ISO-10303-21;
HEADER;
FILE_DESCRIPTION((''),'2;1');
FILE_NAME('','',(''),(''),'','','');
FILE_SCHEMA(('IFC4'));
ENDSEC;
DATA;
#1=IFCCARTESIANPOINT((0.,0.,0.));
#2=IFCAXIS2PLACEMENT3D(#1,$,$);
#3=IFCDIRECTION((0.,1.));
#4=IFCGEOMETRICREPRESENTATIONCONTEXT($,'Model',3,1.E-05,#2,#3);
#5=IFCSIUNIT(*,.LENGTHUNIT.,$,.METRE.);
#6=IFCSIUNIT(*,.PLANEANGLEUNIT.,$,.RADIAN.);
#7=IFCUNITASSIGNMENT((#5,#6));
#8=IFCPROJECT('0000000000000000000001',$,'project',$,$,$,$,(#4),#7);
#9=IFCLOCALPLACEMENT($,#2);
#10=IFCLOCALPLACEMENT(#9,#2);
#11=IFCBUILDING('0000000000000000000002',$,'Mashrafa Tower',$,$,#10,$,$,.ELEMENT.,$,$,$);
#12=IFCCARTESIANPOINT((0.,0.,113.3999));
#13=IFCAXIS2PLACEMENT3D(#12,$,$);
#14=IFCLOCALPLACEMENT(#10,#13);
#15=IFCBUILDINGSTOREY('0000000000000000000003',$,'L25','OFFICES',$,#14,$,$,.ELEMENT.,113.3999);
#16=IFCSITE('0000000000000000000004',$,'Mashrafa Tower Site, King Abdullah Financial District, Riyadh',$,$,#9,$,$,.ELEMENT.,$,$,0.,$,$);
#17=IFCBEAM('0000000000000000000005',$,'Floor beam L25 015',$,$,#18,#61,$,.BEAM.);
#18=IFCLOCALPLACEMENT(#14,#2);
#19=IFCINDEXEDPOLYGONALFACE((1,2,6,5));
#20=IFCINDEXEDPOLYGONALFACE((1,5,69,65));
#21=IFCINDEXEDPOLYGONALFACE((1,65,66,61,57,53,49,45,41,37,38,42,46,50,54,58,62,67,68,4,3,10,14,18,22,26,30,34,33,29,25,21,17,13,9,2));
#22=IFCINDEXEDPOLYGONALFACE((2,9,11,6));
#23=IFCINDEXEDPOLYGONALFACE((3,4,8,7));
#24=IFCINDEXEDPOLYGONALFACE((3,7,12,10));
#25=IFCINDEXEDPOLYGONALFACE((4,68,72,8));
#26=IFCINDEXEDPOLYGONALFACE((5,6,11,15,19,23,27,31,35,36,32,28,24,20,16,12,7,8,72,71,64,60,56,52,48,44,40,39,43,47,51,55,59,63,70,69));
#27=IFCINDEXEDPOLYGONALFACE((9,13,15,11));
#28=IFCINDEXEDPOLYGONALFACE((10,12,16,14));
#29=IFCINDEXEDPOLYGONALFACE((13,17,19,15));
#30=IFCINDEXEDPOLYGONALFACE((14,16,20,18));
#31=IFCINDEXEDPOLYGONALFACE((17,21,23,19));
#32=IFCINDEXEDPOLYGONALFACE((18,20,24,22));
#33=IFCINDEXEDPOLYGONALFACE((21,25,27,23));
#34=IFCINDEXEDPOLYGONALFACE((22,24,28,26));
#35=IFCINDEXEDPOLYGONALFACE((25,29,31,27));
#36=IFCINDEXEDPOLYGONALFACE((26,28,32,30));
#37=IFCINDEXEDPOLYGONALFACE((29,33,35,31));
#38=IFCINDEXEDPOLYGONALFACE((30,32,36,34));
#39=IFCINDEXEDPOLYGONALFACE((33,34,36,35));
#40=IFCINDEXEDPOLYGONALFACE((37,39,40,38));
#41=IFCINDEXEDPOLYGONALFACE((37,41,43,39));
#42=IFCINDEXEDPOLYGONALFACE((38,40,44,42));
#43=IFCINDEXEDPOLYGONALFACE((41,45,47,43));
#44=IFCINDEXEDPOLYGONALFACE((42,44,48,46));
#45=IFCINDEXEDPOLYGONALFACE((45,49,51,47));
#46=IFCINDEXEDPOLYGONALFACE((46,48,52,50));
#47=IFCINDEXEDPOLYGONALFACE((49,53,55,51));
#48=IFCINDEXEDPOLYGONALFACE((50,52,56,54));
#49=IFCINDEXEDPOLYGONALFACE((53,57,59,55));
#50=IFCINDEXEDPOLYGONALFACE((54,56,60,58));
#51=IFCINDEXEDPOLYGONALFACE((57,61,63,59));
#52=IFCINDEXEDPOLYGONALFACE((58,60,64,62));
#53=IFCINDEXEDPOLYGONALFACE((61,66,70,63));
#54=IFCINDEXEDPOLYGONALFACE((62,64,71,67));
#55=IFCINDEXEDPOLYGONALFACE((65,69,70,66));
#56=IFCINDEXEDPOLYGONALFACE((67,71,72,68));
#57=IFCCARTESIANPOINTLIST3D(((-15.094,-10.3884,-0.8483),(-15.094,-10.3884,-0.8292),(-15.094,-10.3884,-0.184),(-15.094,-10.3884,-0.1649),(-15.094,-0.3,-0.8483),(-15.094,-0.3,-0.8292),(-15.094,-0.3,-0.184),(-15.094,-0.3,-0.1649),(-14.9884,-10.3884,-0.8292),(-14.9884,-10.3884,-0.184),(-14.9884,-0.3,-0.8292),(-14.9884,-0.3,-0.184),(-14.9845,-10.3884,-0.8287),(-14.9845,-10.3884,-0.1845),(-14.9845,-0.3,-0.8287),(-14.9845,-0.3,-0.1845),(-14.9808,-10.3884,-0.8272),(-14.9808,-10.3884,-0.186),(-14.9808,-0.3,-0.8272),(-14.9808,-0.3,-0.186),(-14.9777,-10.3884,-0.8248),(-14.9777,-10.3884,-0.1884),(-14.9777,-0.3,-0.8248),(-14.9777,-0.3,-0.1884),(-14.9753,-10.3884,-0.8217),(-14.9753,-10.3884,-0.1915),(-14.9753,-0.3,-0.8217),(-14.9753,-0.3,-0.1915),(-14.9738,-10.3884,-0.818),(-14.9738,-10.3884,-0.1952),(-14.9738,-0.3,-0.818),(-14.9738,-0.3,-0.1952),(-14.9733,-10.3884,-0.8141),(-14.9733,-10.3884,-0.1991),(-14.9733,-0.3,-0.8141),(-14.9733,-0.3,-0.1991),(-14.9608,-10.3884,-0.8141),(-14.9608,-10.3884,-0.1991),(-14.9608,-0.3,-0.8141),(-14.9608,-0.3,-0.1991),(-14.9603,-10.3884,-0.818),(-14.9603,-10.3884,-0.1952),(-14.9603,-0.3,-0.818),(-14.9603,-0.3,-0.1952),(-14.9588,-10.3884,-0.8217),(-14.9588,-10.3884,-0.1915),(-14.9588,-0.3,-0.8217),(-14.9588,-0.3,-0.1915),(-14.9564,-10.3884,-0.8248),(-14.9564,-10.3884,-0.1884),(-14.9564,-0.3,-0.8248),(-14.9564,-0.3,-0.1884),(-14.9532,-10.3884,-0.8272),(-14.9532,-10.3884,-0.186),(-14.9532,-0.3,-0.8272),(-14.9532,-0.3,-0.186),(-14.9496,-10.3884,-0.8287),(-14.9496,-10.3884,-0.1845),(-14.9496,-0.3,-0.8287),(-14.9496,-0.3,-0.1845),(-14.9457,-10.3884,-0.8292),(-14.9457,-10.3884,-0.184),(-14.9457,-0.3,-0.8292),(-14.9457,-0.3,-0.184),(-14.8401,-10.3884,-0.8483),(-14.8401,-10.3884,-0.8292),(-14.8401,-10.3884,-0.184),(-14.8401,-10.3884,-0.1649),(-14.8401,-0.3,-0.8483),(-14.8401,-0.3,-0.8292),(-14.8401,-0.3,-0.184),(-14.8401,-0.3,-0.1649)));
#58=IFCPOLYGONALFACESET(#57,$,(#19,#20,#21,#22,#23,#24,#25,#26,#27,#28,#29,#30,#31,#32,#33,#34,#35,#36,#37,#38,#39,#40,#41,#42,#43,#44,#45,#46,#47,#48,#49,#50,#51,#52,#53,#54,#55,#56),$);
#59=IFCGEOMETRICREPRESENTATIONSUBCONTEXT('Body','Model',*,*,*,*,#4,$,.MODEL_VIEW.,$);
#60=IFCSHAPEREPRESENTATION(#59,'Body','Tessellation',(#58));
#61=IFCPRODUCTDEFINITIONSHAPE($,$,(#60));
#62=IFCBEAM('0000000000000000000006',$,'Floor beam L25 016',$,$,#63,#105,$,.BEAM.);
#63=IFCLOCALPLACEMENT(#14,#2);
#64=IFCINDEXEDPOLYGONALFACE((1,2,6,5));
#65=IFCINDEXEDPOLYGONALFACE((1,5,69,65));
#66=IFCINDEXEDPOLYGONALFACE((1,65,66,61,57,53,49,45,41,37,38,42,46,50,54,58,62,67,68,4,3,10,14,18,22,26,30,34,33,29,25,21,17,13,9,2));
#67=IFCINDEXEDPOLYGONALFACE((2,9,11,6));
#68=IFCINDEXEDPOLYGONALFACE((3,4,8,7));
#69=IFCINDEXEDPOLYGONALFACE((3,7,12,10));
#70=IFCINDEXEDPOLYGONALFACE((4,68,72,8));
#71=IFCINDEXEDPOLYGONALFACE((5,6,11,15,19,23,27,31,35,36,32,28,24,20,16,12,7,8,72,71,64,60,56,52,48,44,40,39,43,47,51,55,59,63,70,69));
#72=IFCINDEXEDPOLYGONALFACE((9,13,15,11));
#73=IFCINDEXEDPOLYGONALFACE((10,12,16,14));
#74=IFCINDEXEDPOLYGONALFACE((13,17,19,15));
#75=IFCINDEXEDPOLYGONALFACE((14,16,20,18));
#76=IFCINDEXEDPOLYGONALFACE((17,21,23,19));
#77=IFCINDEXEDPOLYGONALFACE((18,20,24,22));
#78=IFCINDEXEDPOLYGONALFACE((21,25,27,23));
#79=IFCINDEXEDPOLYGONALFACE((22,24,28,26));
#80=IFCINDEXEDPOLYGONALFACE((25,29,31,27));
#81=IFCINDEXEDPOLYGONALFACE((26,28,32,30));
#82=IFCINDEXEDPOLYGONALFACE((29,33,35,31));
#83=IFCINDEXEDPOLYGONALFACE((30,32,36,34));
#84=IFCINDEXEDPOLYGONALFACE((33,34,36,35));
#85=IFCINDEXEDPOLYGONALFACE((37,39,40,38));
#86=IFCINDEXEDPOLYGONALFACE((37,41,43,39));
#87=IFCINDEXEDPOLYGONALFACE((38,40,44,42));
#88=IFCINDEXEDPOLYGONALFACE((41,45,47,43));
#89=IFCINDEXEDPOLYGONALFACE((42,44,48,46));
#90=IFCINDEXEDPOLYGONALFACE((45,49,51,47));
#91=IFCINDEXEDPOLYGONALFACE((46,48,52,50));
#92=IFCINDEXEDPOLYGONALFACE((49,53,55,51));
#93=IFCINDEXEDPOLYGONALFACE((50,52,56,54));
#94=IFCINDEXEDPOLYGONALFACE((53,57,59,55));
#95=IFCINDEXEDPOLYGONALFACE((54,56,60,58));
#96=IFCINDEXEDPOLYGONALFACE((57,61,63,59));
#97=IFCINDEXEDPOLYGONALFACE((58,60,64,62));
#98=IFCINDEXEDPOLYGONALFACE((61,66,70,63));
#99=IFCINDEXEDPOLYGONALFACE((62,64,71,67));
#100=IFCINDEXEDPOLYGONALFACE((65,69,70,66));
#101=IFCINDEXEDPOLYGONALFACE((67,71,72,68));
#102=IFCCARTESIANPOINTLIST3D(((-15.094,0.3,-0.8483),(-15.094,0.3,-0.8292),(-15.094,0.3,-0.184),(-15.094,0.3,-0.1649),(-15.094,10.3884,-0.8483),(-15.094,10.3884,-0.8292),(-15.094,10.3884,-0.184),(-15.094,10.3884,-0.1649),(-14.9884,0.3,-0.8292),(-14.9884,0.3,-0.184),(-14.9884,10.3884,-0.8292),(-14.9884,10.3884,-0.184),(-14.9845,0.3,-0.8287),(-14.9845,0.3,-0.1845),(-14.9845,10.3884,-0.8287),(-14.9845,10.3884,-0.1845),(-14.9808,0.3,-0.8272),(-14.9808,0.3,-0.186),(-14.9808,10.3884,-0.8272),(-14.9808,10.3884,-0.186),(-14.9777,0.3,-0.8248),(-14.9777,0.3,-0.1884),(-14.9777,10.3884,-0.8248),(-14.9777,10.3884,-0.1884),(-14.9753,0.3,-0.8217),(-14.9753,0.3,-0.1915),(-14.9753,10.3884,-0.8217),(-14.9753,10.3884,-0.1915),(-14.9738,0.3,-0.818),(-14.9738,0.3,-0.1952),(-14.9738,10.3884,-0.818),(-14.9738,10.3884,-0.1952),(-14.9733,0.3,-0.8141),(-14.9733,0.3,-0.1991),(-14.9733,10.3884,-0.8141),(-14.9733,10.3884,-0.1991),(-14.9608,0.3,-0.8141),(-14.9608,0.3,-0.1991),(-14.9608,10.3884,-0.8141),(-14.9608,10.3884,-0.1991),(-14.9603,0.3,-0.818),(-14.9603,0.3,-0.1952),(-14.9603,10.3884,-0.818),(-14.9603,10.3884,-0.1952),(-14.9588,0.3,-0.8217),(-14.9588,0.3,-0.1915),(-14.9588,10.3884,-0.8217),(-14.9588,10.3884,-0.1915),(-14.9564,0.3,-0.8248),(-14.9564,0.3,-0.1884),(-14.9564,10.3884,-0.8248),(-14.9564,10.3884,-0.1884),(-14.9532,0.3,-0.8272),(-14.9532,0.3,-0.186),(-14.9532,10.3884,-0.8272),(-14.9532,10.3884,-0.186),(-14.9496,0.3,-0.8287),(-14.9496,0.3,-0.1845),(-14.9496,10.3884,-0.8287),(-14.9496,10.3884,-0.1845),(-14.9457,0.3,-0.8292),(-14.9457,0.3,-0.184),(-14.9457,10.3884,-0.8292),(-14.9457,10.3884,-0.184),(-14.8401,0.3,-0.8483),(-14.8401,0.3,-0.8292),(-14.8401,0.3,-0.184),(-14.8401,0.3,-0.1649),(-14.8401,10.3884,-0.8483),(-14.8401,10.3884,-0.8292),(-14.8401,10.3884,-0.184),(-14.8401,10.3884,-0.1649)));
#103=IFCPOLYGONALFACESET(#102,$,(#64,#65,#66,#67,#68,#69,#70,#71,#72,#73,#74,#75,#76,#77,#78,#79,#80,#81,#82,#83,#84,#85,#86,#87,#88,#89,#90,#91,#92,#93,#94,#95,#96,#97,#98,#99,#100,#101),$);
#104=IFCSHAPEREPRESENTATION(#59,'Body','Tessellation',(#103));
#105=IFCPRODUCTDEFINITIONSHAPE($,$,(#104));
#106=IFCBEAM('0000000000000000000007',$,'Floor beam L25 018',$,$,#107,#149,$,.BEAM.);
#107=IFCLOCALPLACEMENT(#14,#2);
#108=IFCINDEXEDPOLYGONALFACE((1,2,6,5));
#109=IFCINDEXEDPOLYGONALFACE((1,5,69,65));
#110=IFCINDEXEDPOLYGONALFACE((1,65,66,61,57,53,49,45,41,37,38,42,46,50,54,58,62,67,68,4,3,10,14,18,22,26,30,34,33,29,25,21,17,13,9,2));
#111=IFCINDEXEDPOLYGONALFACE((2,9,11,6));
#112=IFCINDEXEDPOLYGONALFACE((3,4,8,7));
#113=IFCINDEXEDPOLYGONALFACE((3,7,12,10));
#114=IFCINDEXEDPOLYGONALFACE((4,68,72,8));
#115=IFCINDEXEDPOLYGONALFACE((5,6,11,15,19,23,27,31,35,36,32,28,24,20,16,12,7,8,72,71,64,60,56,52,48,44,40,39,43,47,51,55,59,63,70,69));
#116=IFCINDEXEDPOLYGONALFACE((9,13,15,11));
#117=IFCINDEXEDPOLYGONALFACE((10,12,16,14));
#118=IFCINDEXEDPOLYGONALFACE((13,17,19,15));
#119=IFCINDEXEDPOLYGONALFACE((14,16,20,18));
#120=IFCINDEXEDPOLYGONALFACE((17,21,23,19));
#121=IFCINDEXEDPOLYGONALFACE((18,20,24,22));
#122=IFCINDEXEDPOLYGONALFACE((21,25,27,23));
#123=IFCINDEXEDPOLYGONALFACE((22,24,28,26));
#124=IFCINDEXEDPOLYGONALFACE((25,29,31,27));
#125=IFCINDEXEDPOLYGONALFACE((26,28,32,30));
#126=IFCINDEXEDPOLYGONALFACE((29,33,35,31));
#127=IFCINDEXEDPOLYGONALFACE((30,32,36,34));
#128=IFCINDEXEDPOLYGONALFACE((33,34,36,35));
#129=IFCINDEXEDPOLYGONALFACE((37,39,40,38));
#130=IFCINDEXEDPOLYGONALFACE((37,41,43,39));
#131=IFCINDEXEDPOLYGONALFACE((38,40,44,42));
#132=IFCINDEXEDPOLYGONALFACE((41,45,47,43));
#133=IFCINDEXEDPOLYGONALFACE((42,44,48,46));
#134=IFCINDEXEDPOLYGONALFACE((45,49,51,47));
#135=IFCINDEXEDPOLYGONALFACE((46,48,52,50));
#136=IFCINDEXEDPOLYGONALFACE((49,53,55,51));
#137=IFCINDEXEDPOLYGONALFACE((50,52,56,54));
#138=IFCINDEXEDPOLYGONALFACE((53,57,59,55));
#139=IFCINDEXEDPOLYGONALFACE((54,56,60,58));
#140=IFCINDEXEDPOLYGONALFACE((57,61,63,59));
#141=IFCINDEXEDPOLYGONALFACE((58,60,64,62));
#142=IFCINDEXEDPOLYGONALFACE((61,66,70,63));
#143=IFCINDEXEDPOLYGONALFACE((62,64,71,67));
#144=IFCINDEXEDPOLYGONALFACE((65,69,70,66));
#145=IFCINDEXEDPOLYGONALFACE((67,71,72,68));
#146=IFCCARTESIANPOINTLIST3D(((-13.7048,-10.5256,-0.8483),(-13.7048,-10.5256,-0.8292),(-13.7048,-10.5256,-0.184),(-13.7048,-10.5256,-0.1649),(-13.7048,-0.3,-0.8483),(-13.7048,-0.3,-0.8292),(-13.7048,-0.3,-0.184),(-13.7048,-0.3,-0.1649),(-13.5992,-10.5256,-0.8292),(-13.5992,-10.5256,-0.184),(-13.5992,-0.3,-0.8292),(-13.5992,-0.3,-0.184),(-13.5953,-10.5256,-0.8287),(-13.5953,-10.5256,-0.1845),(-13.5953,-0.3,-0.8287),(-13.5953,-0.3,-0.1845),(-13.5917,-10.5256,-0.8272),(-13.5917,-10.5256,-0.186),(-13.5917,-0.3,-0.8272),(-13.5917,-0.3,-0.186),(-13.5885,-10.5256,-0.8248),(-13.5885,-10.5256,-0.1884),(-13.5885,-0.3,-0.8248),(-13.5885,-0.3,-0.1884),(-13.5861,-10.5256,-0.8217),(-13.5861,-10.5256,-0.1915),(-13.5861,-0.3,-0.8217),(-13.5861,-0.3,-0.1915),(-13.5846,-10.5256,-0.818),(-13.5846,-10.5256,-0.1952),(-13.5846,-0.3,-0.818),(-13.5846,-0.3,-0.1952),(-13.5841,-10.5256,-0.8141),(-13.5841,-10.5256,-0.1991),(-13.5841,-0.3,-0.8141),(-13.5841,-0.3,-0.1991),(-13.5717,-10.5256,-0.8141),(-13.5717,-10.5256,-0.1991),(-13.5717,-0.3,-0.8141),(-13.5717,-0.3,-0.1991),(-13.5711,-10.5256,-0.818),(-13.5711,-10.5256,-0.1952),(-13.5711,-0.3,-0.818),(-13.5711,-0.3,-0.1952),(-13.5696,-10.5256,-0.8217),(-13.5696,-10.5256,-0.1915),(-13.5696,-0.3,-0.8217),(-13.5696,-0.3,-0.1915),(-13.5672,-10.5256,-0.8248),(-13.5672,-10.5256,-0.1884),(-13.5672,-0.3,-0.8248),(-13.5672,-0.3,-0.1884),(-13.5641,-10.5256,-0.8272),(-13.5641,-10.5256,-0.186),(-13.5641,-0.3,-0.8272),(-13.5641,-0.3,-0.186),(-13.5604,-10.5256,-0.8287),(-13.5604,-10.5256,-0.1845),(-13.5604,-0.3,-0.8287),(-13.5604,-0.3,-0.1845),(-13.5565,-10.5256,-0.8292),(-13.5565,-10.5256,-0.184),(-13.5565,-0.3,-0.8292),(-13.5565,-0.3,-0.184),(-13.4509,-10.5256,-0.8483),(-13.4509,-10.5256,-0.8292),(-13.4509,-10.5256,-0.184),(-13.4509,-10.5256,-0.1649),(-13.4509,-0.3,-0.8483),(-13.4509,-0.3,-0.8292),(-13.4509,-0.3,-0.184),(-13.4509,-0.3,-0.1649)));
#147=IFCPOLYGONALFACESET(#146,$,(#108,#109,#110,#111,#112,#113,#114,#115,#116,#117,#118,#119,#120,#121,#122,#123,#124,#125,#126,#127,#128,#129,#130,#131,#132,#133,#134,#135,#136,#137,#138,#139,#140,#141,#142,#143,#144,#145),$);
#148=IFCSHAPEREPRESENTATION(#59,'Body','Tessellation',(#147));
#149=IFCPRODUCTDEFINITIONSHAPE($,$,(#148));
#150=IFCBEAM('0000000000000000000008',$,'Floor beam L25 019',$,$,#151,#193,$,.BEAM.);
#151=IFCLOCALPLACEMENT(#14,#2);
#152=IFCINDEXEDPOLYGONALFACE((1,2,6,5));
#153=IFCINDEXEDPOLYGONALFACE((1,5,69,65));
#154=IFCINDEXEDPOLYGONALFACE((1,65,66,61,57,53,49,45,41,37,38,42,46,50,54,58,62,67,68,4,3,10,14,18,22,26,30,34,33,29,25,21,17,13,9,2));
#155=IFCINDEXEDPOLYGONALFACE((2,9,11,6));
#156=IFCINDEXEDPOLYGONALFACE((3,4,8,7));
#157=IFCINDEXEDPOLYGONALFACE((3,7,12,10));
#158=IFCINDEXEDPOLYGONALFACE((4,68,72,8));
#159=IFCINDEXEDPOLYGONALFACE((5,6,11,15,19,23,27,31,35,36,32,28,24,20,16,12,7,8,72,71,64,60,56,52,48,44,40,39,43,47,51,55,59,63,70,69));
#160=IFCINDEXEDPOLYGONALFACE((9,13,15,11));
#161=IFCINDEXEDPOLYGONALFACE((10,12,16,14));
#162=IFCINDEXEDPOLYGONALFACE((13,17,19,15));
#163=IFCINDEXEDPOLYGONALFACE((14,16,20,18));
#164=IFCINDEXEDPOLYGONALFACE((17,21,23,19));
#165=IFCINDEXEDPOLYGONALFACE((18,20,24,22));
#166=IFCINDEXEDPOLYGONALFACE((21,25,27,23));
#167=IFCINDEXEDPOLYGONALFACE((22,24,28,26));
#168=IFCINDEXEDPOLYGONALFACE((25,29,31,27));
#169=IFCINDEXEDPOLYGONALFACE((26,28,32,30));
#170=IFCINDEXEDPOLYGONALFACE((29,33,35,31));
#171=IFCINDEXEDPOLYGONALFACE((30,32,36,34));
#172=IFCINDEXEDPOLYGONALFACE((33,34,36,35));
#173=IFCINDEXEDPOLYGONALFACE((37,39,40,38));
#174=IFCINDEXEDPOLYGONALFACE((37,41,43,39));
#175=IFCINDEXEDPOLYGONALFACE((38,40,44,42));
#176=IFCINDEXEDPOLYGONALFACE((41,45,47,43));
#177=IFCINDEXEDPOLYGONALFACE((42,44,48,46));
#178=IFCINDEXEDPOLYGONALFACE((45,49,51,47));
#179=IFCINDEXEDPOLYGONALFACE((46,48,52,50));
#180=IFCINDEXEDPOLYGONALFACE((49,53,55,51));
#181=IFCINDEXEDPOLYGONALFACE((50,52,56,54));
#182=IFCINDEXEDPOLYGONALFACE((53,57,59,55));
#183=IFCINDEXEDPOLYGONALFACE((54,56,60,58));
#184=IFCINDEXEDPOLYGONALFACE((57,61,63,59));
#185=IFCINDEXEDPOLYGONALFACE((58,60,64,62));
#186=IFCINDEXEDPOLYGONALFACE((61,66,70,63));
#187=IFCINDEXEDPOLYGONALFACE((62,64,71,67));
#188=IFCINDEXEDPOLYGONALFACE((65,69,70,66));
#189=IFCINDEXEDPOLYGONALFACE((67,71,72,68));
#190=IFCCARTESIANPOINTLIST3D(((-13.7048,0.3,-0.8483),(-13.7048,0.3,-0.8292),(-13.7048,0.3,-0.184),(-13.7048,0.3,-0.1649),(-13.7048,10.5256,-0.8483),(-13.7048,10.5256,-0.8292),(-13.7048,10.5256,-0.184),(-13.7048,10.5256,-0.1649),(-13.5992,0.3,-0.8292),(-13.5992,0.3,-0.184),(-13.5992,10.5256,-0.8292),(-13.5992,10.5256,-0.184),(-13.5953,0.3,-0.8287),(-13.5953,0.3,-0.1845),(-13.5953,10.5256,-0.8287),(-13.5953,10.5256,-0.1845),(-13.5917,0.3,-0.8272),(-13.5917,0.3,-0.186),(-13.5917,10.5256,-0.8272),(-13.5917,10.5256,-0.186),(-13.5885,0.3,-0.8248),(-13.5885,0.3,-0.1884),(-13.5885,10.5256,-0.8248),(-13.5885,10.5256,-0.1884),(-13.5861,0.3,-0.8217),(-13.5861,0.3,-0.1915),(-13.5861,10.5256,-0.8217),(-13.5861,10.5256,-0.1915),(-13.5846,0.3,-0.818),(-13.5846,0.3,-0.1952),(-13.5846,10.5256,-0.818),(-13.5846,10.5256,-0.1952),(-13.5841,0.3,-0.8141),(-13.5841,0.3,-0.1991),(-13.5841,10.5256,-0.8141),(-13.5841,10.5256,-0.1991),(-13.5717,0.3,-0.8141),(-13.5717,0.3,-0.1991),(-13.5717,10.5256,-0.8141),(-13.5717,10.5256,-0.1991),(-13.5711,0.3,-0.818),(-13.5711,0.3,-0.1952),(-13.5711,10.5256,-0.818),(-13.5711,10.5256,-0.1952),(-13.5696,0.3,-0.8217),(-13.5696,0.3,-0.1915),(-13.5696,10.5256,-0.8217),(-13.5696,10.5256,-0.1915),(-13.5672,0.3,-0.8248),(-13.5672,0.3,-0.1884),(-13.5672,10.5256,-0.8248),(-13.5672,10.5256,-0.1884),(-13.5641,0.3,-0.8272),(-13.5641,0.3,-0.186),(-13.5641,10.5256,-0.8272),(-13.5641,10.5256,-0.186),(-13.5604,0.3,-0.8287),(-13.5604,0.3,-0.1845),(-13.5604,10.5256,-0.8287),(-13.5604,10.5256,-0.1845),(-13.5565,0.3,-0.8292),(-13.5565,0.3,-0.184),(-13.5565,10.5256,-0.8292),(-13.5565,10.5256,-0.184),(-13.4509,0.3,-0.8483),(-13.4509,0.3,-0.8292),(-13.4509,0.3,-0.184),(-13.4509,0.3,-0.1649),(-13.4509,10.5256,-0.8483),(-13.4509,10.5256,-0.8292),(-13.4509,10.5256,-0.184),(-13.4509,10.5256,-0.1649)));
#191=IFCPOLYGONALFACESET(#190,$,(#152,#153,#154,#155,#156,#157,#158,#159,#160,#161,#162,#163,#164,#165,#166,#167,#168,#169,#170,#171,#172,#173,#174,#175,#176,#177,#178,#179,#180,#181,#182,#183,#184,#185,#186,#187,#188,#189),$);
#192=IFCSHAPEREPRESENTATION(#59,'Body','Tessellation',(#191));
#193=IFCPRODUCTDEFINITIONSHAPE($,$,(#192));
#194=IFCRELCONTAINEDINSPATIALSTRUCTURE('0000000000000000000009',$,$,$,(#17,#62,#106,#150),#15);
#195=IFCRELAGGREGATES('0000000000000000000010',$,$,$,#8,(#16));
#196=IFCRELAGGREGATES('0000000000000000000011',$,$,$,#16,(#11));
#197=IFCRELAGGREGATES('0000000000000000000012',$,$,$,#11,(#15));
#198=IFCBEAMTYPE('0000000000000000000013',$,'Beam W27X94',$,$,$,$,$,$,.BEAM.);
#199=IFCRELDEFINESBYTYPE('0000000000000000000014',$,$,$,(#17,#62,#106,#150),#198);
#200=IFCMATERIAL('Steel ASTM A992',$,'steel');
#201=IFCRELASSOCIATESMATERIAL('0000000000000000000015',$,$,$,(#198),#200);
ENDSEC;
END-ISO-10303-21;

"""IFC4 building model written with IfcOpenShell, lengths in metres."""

from ifc_helpers import new_model, si_unit, direction, frame, origin, origin_2d, place, context, subcontext, project, spatial, i_section, extrude, material, material_profile, profile_set, type_object, element, save


model = new_model("IFC4")

# Units and contexts
model_context = context("Model", 3, precision=1e-05, world=origin(), true_north=direction((0.0, 1.0)))
body_context = subcontext(model_context, "Body", "Model", "MODEL_VIEW")
ifc_project = project(units=[si_unit("LENGTHUNIT", "METRE"), si_unit("PLANEANGLEUNIT", "RADIAN")], contexts=[model_context])

# Site, building, storey
site_placement = place(None, origin())
site = spatial("IfcSite", under=ifc_project, at=site_placement, Name="Mashrafa Tower Site, King Abdullah Financial District, Riyadh", CompositionType="ELEMENT", RefElevation=0.0)
building_placement = place(site_placement, origin())
building = spatial("IfcBuilding", under=site, at=building_placement, Name="Mashrafa Tower", CompositionType="ELEMENT")
storey_placement = place(building_placement, frame((0.0, 0.0, 113.3999)))
storey = spatial("IfcBuildingStorey", under=building, at=storey_placement, Name="L25", Description="OFFICES", CompositionType="ELEMENT", Elevation=113.3999)

# Beams
ifc_material_1 = material(Name="Steel ASTM A992", Category="steel")
ifc_material_profile_1 = material_profile(ifc_material_1, i_section(OverallWidth=0.2539, OverallDepth=0.6833, WebThickness=0.0125, FlangeThickness=0.019, FilletRadius=0.0151, at=origin_2d()), Name="W27X94")
ifc_profile_set_1 = profile_set([ifc_material_profile_1], Name="Steel ASTM A992")
beam_type_1 = type_object("IfcBeamType", Name="Beam W27X94", PredefinedType="BEAM", material=ifc_profile_set_1)
for number, where, z_axis, x_axis, name in (
    (1, (-14.967, -10.3884, -0.5066), (0.0, 1.0, 0.0), (-1.0, 0.0, 0.0), "Floor beam L25 015"),
    (2, (-14.967, 0.3, -0.5066), (0.0, 1.0, 0.0), (-1.0, 0.0, 0.0), "Floor beam L25 016"),
):
    element("IfcBeam", number, at=place(storey_placement, frame(where, z_axis=z_axis, x_axis=x_axis)), inside=storey, type_object=beam_type_1, Name=name, PredefinedType="BEAM", context=body_context, shape_type="SweptSolid", body=[
        extrude(i_section(OverallWidth=0.2539, OverallDepth=0.6833, WebThickness=0.0125, FlangeThickness=0.019, FilletRadius=0.0151, at=origin_2d()), origin(), (0.0, 0.0, 1.0), 10.0884),
    ])
for number, where, z_axis, x_axis, name in (
    (3, (-13.5779, -10.5256, -0.5066), (0.0, 1.0, 0.0), (-1.0, 0.0, 0.0), "Floor beam L25 018"),
    (4, (-13.5779, 0.3, -0.5066), (0.0, 1.0, 0.0), (-1.0, 0.0, 0.0), "Floor beam L25 019"),
):
    element("IfcBeam", number, at=place(storey_placement, frame(where, z_axis=z_axis, x_axis=x_axis)), inside=storey, type_object=beam_type_1, Name=name, PredefinedType="BEAM", context=body_context, shape_type="SweptSolid", body=[
        extrude(i_section(OverallWidth=0.2539, OverallDepth=0.6833, WebThickness=0.0125, FlangeThickness=0.019, FilletRadius=0.0151, at=origin_2d()), origin(), (0.0, 0.0, 1.0), 10.2256),
    ])

save(model, "model.ifc")
